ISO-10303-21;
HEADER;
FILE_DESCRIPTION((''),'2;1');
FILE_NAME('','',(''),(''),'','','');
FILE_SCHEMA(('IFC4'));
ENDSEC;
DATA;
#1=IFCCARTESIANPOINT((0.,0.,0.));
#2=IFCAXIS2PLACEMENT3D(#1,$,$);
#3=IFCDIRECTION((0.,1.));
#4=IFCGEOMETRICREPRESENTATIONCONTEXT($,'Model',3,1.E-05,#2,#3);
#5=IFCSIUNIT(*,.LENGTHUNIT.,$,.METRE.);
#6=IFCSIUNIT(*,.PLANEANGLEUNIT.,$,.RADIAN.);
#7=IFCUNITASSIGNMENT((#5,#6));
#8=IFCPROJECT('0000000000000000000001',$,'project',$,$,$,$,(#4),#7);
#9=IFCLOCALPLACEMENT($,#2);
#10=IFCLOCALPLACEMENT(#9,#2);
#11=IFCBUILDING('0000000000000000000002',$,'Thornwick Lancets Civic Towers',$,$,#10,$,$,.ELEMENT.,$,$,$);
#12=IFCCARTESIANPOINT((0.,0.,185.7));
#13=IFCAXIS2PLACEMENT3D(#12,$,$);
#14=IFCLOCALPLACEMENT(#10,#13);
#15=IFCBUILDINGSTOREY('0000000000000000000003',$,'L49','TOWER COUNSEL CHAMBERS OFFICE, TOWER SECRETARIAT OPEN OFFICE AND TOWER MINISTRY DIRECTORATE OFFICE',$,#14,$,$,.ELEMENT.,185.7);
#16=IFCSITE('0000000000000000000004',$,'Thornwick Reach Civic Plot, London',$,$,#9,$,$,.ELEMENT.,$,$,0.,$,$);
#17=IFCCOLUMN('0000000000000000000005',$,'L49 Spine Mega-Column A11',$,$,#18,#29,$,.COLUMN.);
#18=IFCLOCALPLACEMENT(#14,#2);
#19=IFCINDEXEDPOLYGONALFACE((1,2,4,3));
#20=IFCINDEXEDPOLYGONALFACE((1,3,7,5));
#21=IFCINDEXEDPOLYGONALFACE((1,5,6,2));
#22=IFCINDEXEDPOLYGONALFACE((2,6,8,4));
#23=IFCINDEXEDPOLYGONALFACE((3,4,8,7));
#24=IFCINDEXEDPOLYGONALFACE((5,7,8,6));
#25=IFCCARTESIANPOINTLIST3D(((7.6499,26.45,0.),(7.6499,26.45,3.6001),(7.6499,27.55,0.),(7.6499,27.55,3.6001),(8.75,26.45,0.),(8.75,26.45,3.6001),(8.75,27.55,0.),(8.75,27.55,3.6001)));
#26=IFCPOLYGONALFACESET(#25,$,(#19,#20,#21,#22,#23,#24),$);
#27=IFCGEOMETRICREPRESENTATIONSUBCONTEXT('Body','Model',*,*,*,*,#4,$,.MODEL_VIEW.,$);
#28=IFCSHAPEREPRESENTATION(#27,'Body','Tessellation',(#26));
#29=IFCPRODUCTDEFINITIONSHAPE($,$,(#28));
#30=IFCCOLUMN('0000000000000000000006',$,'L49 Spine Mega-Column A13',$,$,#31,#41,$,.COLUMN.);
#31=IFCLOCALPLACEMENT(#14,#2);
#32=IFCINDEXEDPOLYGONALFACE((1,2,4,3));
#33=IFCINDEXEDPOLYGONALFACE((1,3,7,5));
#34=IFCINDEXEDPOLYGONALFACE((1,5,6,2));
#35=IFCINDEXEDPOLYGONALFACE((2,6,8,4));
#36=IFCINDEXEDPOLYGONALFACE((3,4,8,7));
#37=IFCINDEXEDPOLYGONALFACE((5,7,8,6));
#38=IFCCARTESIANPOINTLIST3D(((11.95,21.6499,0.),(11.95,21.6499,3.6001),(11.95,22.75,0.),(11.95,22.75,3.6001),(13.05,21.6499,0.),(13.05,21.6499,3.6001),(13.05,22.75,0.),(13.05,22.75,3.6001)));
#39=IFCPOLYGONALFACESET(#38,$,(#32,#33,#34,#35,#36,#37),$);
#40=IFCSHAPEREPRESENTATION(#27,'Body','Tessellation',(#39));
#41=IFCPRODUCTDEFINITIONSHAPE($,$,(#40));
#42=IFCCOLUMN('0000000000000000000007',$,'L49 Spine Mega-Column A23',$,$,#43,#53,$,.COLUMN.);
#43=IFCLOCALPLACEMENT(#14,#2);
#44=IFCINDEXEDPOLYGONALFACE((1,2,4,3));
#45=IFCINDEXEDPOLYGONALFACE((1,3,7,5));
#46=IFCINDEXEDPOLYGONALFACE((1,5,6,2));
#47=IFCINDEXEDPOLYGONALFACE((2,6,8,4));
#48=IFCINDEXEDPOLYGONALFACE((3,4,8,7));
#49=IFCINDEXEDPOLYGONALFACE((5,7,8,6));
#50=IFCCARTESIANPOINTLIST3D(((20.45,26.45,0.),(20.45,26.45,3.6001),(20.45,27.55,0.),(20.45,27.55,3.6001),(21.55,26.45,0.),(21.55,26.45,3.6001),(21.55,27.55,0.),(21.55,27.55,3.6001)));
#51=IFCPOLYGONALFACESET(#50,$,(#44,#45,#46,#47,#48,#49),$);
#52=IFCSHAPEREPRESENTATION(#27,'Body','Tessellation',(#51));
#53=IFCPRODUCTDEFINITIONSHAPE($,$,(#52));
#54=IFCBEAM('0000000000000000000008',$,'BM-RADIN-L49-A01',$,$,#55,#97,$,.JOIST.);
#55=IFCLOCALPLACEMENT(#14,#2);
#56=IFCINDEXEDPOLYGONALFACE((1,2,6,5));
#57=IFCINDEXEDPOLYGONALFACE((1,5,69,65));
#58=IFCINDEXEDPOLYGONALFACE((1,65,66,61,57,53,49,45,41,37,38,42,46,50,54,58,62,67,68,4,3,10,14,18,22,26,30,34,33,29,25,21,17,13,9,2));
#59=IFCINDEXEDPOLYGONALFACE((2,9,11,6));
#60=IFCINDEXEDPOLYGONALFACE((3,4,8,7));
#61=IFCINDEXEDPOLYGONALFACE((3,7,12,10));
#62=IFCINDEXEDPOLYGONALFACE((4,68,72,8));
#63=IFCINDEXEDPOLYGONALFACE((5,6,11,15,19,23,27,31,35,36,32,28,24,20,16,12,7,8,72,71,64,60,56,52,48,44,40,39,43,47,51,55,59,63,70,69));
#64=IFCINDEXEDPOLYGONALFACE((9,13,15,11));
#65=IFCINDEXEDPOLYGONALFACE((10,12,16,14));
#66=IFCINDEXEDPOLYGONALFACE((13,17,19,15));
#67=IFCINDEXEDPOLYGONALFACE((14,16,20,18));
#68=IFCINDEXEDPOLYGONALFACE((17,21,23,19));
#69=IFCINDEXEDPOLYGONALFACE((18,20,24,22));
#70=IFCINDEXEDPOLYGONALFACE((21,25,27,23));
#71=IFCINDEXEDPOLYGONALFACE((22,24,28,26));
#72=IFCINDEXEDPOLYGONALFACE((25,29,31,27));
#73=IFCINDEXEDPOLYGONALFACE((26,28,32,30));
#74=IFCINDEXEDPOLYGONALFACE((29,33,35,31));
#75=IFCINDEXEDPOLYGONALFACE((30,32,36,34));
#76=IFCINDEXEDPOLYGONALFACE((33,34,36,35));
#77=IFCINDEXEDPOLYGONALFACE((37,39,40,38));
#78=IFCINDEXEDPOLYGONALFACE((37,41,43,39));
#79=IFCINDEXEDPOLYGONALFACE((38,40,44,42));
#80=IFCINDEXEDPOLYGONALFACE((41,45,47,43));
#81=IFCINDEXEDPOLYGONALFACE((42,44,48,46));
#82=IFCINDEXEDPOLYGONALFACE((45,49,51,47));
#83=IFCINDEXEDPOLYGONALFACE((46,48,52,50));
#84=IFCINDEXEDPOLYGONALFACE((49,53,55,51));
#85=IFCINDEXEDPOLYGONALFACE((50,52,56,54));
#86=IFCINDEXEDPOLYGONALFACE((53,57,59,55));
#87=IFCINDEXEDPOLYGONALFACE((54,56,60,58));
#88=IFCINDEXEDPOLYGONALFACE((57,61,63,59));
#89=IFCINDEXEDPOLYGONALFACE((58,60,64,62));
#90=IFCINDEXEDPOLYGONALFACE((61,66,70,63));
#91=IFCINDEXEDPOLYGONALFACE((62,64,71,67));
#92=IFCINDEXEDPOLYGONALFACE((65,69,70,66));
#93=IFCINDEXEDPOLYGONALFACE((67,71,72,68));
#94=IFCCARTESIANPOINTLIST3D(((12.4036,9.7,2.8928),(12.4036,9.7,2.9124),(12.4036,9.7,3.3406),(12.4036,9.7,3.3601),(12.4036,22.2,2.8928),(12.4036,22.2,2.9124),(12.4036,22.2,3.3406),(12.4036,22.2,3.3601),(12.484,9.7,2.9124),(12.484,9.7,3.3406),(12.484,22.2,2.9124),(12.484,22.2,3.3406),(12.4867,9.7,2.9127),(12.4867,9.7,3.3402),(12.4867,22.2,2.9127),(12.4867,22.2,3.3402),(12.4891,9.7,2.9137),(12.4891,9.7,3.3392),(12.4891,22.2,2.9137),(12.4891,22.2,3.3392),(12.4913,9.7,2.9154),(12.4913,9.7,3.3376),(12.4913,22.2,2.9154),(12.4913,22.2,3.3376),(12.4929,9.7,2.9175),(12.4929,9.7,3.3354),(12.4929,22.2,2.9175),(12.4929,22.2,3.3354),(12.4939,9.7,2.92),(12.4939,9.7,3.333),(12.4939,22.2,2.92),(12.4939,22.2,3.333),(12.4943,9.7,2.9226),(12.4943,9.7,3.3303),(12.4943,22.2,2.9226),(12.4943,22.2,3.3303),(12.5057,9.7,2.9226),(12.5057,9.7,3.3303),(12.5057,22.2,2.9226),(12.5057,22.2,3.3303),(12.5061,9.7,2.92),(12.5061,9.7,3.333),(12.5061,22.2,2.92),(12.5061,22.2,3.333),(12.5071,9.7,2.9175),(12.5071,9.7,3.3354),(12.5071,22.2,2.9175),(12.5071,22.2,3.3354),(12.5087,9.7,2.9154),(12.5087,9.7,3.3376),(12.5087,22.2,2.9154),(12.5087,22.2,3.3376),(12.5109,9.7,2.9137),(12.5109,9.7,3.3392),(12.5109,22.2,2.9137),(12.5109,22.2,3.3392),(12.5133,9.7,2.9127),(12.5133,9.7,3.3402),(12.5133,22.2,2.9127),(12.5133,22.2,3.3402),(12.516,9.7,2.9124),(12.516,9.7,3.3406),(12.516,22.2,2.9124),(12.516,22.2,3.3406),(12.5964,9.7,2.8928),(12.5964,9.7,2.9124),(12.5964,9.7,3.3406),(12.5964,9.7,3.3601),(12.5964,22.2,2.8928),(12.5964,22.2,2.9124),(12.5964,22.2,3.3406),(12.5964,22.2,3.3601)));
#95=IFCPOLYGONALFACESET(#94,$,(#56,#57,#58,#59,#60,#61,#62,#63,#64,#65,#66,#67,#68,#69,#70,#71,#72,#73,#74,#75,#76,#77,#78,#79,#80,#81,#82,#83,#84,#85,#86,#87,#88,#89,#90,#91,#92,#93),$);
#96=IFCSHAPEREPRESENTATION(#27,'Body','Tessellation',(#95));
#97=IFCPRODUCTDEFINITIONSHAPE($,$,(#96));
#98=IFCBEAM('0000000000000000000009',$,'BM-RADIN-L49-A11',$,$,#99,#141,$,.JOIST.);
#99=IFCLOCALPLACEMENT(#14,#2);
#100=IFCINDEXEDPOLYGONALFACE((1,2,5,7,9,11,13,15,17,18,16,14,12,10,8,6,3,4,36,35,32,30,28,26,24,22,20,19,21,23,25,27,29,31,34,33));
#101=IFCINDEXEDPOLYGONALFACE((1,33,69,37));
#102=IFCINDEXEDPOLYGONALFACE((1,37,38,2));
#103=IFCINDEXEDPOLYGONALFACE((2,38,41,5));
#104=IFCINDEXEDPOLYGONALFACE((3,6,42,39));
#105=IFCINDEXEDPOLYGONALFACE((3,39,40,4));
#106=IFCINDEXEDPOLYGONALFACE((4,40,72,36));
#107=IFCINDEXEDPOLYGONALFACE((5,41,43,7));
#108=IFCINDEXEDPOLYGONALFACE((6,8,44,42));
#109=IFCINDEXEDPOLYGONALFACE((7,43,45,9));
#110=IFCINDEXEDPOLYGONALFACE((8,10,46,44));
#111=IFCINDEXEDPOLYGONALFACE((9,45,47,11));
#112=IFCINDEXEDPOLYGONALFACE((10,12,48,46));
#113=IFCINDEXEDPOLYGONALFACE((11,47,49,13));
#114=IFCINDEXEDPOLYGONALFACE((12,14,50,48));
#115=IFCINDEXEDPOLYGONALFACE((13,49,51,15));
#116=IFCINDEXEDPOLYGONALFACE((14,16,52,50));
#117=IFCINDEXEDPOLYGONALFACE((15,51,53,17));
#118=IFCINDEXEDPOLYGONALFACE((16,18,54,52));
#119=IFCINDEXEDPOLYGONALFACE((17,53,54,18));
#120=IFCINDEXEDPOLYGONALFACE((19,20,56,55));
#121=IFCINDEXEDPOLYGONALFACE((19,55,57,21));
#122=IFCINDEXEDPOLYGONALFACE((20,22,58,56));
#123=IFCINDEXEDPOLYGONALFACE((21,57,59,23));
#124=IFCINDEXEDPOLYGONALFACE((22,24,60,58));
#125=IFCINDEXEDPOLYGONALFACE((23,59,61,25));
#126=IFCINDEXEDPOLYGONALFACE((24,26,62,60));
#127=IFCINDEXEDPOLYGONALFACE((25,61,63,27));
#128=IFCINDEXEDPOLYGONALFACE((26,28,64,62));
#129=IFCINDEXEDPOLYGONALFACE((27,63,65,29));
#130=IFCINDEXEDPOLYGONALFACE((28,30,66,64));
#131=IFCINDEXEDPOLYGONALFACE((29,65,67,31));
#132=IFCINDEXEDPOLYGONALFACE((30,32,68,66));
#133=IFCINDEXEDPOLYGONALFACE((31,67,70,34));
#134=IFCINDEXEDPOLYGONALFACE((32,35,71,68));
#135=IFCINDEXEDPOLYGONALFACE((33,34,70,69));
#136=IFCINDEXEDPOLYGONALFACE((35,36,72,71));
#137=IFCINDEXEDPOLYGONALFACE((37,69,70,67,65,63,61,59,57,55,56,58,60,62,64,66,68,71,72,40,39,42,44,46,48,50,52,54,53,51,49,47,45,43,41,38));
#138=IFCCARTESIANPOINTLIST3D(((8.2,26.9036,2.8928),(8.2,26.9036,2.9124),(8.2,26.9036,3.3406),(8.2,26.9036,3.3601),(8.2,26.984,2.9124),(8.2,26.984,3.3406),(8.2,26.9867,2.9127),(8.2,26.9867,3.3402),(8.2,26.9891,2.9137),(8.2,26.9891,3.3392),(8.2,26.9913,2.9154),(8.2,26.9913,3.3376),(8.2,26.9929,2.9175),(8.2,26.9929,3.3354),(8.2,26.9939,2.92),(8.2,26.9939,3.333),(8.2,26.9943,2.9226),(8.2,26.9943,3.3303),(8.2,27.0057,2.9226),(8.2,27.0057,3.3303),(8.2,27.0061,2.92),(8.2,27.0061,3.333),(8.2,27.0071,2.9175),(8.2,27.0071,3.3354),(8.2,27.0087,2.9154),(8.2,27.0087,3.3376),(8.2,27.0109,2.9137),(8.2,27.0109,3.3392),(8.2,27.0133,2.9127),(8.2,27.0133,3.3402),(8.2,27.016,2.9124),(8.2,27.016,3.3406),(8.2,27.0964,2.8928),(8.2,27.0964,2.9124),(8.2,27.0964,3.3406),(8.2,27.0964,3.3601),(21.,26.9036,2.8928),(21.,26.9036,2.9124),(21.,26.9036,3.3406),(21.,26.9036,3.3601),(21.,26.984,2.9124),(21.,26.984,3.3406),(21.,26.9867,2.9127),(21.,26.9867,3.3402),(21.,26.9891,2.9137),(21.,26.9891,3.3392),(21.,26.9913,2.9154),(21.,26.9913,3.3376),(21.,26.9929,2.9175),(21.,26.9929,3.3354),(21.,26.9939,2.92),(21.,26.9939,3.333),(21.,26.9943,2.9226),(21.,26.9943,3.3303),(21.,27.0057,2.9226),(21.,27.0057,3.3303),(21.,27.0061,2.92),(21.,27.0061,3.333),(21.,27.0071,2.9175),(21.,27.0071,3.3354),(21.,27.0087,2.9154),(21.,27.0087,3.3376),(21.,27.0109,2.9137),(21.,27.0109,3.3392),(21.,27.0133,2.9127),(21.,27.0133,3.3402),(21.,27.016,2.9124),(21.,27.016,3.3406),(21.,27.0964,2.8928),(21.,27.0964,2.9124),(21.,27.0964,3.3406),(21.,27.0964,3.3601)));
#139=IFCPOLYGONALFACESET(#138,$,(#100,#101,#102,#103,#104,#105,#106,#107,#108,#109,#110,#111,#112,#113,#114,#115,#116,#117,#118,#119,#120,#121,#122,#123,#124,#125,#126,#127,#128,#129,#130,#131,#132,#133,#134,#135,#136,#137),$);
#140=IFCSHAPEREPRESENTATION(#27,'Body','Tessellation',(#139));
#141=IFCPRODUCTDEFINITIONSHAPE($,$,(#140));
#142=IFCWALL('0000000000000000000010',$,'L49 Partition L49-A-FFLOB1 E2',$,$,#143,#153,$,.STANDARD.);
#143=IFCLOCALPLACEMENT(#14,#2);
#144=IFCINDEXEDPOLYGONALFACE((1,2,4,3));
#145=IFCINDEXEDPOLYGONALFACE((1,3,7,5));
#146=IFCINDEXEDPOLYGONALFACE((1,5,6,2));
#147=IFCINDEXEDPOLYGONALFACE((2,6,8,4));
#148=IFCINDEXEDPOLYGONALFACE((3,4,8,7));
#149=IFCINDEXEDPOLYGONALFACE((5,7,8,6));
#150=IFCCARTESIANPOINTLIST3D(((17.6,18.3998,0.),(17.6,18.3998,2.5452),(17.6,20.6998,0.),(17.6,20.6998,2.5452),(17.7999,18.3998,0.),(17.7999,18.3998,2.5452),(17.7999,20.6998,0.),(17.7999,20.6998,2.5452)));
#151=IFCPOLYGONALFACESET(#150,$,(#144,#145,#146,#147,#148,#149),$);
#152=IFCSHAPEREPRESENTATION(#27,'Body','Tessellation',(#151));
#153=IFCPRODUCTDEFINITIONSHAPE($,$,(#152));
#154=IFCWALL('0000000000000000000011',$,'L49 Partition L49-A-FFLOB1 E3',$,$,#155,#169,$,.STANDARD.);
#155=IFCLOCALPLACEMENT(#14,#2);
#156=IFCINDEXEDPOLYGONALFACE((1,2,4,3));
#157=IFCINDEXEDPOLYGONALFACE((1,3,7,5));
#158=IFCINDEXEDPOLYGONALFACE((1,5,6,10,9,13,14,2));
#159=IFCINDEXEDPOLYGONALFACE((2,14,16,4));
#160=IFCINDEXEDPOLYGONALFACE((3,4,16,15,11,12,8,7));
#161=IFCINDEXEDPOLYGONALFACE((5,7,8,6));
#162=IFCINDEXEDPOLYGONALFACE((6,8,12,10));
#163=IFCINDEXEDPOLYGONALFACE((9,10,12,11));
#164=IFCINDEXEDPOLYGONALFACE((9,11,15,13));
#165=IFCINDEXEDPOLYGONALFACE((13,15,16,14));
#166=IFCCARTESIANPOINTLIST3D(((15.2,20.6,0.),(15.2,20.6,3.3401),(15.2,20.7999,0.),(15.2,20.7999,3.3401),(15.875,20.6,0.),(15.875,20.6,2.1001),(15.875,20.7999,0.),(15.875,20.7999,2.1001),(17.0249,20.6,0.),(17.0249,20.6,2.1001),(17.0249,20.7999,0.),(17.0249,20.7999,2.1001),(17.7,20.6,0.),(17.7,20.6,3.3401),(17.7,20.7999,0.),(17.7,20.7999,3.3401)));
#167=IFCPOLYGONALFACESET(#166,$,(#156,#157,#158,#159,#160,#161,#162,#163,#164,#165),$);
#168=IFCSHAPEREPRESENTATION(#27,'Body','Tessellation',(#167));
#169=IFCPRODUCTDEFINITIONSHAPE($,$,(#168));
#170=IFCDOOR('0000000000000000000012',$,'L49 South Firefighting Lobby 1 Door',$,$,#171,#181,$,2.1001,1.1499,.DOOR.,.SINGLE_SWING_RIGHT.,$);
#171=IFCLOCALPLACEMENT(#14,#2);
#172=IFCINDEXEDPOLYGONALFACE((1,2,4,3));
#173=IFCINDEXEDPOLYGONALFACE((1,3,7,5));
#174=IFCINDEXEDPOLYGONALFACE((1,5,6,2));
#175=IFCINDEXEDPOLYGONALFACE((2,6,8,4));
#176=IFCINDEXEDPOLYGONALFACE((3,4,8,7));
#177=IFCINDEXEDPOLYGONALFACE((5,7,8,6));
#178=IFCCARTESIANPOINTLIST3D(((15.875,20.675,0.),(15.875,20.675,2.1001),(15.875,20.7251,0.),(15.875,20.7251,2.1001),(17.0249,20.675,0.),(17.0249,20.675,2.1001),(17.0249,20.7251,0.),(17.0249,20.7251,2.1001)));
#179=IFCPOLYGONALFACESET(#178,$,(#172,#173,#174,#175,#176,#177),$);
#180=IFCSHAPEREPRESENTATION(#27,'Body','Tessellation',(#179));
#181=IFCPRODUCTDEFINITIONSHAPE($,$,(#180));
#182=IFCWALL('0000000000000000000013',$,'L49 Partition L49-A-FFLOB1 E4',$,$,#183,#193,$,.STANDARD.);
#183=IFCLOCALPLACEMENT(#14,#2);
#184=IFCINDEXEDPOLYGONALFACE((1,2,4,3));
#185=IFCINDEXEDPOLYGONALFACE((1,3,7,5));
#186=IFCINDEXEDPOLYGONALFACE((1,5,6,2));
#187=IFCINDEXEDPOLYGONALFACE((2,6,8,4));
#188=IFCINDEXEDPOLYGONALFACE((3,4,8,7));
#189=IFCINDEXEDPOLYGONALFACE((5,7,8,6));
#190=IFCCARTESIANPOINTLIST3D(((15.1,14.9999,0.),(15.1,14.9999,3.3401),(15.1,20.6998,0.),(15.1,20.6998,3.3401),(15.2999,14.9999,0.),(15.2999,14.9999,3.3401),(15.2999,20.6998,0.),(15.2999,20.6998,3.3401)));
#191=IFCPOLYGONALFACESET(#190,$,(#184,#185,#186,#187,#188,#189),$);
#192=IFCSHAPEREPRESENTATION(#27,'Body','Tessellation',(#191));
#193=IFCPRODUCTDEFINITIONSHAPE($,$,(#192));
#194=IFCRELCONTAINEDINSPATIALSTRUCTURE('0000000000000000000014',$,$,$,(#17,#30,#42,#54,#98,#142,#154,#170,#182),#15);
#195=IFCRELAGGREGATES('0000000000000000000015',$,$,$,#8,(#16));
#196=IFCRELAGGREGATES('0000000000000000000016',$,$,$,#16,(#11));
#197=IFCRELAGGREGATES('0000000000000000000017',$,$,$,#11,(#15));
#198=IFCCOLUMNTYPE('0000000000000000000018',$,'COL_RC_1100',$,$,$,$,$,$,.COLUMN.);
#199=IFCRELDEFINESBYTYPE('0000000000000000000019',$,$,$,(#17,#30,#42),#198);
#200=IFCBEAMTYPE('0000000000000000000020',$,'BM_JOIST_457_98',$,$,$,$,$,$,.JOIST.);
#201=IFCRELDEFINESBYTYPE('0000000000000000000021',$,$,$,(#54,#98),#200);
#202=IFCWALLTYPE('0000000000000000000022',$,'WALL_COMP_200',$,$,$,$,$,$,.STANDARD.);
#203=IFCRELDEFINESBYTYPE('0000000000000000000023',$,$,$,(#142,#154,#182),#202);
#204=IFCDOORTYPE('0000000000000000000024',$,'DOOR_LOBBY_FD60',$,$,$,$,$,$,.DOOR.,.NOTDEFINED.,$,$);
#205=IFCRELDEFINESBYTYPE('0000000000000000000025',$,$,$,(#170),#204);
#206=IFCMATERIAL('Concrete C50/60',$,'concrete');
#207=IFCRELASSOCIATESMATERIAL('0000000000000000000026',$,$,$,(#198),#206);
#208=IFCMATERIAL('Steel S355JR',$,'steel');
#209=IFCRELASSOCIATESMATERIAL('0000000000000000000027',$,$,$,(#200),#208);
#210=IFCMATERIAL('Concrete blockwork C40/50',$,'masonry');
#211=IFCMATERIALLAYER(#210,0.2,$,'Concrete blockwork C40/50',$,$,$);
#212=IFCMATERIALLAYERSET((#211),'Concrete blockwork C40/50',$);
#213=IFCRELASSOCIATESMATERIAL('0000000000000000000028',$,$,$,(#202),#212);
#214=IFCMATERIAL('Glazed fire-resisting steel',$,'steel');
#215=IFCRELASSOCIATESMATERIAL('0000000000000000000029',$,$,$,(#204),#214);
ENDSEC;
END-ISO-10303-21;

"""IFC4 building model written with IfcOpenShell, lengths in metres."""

from ifc_helpers import new_model, si_unit, direction, frame, frame_2d, origin, origin_2d, place, context, subcontext, project, spatial, rectangle, i_section, extrude, material, layer, layer_set, material_profile, profile_set, type_object, element, fill, save


model = new_model("IFC4")

# Units and contexts
model_context = context("Model", 3, precision=1e-05, world=origin(), true_north=direction((0.0, 1.0)))
body_context = subcontext(model_context, "Body", "Model", "MODEL_VIEW")
ifc_project = project(units=[si_unit("LENGTHUNIT", "METRE"), si_unit("PLANEANGLEUNIT", "RADIAN")], contexts=[model_context])

# Site, building, storey
site_placement = place(None, origin())
site = spatial("IfcSite", under=ifc_project, at=site_placement, Name="Thornwick Reach Civic Plot, London", CompositionType="ELEMENT", RefElevation=0.0)
building_placement = place(site_placement, origin())
building = spatial("IfcBuilding", under=site, at=building_placement, Name="Thornwick Lancets Civic Towers", CompositionType="ELEMENT")
storey_placement = place(building_placement, frame((0.0, 0.0, 185.7)))
storey = spatial("IfcBuildingStorey", under=building, at=storey_placement, Name="L49", Description="TOWER COUNSEL CHAMBERS OFFICE, TOWER SECRETARIAT OPEN OFFICE AND TOWER MINISTRY DIRECTORATE OFFICE", CompositionType="ELEMENT", Elevation=185.7)

# Columns
ifc_material_1 = material(Name="Concrete C50/60", Category="concrete")
ifc_material_profile_1 = material_profile(ifc_material_1, rectangle(XDim=1.1001, YDim=1.1001, at=origin_2d()), Name="RC 1100x1100")
ifc_profile_set_1 = profile_set([ifc_material_profile_1], Name="Concrete C50/60")
column_type = type_object("IfcColumnType", Name="COL_RC_1100", PredefinedType="COLUMN", material=ifc_profile_set_1)
for number, where, z_axis, x_axis, name in (
    (1, (8.2, 27.0, 0.0), (0.0, 0.0, 1.0), (1.0, 0.0, 0.0), "L49 Spine Mega-Column A11"),
    (2, (12.5, 22.2, 0.0), (0.0, 0.0, 1.0), (1.0, 0.0, 0.0), "L49 Spine Mega-Column A13"),
    (3, (21.0, 27.0, 0.0), (0.0, 0.0, 1.0), (1.0, 0.0, 0.0), "L49 Spine Mega-Column A23"),
):
    element("IfcColumn", number, at=place(storey_placement, frame(where, z_axis=z_axis, x_axis=x_axis)), inside=storey, type_object=column_type, Name=name, PredefinedType="COLUMN", context=body_context, shape_type="SweptSolid", body=[
        extrude(rectangle(XDim=1.1001, YDim=1.1001, at=origin_2d()), origin(), (0.0, 0.0, 1.0), 3.6001),
    ])

# Beams
ifc_material_2 = material(Name="Steel S355JR", Category="steel")
ifc_material_profile_2 = material_profile(ifc_material_2, i_section(OverallWidth=0.1929, OverallDepth=0.4673, WebThickness=0.0115, FlangeThickness=0.0195, FilletRadius=0.0103, at=origin_2d()), Name="UKB 457x191x98")
ifc_profile_set_2 = profile_set([ifc_material_profile_2], Name="Steel S355JR")
beam_type = type_object("IfcBeamType", Name="BM_JOIST_457_98", PredefinedType="JOIST", material=ifc_profile_set_2)
beam_1_placement = place(storey_placement, frame((12.5, 22.2, 3.1265), z_axis=(0.0, -1.0, 0.0), x_axis=(1.0, 0.0, 0.0)))
element("IfcBeam", 4, at=beam_1_placement, inside=storey, type_object=beam_type, Name="BM-RADIN-L49-A01", PredefinedType="JOIST", context=body_context, shape_type="SweptSolid", body=[
    extrude(i_section(OverallWidth=0.1929, OverallDepth=0.4673, WebThickness=0.0115, FlangeThickness=0.0195, FilletRadius=0.0103, at=origin_2d()), origin(), (0.0, 0.0, 1.0), 12.5),
])
beam_2_placement = place(storey_placement, frame((21.0, 27.0, 3.1265), z_axis=(-1.0, 0.0, 0.0), x_axis=(0.0, -1.0, 0.0)))
element("IfcBeam", 5, at=beam_2_placement, inside=storey, type_object=beam_type, Name="BM-RADIN-L49-A11", PredefinedType="JOIST", context=body_context, shape_type="SweptSolid", body=[
    extrude(i_section(OverallWidth=0.1929, OverallDepth=0.4673, WebThickness=0.0115, FlangeThickness=0.0195, FilletRadius=0.0103, at=origin_2d()), origin(), (0.0, 0.0, 1.0), 12.8),
])

# Wall
ifc_material_3 = material(Name="Concrete blockwork C40/50", Category="masonry")
ifc_layer_1 = layer(ifc_material_3, 0.2, Name="Concrete blockwork C40/50")
ifc_layer_set_1 = layer_set([ifc_layer_1], Name="Concrete blockwork C40/50")
wall_type_1 = type_object("IfcWallType", Name="WALL_COMP_200", PredefinedType="STANDARD", material=ifc_layer_set_1)
wall_1_placement = place(storey_placement, frame((17.7, 18.3999, 0.0), z_axis=(0.0, 0.0, 1.0), x_axis=(0.0, 1.0, 0.0)))
element("IfcWall", 6, at=wall_1_placement, inside=storey, type_object=wall_type_1, Name="L49 Partition L49-A-FFLOB1 E2", PredefinedType="STANDARD", context=body_context, shape_type="SweptSolid", body=[
    extrude(rectangle(XDim=2.3, YDim=0.2, at=frame_2d((1.1499, 0.0))), origin(), (0.0, 0.0, 1.0), 2.5452),
])

# Wall, opening, door
wall_2_placement = place(storey_placement, frame((17.7, 20.7, 0.0), z_axis=(0.0, 0.0, 1.0), x_axis=(-1.0, 0.0, 0.0)))
wall_2 = element("IfcWall", 7, at=wall_2_placement, inside=storey, type_object=wall_type_1, Name="L49 Partition L49-A-FFLOB1 E3", PredefinedType="STANDARD", context=body_context, shape_type="SweptSolid", body=[
    extrude(rectangle(XDim=2.5, YDim=0.2, at=frame_2d((1.25, 0.0))), origin(), (0.0, 0.0, 1.0), 3.3401),
])
opening_1_placement = place(wall_2_placement, frame((0.675, 0.0, 0.0)))
opening_1 = element("IfcOpeningElement", 8, at=opening_1_placement, cuts=wall_2, PredefinedType="OPENING", context=body_context, shape_type="SweptSolid", body=[
    extrude(rectangle(XDim=1.1499, YDim=2.1001, at=frame_2d((0.575, 1.05))), frame((0.0, 0.1099, 0.0), z_axis=(0.0, -1.0, 0.0), x_axis=(1.0, 0.0, 0.0)), (0.0, 0.0, 1.0), 0.22),
])
ifc_material_4 = material(Name="Glazed fire-resisting steel", Category="steel")
door_type_1 = type_object("IfcDoorType", Name="DOOR_LOBBY_FD60", OperationType="NOTDEFINED", PredefinedType="DOOR", material=ifc_material_4)
door_1_placement = place(opening_1_placement, origin())
door_1 = element("IfcDoor", 9, at=door_1_placement, inside=storey, type_object=door_type_1, Name="L49 South Firefighting Lobby 1 Door", OperationType="SINGLE_SWING_RIGHT", OverallHeight=2.1001, OverallWidth=1.1499, PredefinedType="DOOR", context=body_context, shape_type="SweptSolid", body=[
    extrude(rectangle(XDim=1.1499, YDim=2.1001, at=frame_2d((0.575, 1.05))), frame((0.0, 0.0249, 0.0), z_axis=(0.0, -1.0, 0.0), x_axis=(1.0, 0.0, 0.0)), (0.0, 0.0, 1.0), 0.05),
])
fill(opening_1, door_1)

# Wall
wall_3_placement = place(storey_placement, frame((15.2, 20.7, 0.0), z_axis=(0.0, 0.0, 1.0), x_axis=(0.0, -1.0, 0.0)))
element("IfcWall", 10, at=wall_3_placement, inside=storey, type_object=wall_type_1, Name="L49 Partition L49-A-FFLOB1 E4", PredefinedType="STANDARD", context=body_context, shape_type="SweptSolid", body=[
    extrude(rectangle(XDim=5.7, YDim=0.2, at=frame_2d((2.8501, 0.0))), origin(), (0.0, 0.0, 1.0), 3.3401),
])

save(model, "model.ifc")
